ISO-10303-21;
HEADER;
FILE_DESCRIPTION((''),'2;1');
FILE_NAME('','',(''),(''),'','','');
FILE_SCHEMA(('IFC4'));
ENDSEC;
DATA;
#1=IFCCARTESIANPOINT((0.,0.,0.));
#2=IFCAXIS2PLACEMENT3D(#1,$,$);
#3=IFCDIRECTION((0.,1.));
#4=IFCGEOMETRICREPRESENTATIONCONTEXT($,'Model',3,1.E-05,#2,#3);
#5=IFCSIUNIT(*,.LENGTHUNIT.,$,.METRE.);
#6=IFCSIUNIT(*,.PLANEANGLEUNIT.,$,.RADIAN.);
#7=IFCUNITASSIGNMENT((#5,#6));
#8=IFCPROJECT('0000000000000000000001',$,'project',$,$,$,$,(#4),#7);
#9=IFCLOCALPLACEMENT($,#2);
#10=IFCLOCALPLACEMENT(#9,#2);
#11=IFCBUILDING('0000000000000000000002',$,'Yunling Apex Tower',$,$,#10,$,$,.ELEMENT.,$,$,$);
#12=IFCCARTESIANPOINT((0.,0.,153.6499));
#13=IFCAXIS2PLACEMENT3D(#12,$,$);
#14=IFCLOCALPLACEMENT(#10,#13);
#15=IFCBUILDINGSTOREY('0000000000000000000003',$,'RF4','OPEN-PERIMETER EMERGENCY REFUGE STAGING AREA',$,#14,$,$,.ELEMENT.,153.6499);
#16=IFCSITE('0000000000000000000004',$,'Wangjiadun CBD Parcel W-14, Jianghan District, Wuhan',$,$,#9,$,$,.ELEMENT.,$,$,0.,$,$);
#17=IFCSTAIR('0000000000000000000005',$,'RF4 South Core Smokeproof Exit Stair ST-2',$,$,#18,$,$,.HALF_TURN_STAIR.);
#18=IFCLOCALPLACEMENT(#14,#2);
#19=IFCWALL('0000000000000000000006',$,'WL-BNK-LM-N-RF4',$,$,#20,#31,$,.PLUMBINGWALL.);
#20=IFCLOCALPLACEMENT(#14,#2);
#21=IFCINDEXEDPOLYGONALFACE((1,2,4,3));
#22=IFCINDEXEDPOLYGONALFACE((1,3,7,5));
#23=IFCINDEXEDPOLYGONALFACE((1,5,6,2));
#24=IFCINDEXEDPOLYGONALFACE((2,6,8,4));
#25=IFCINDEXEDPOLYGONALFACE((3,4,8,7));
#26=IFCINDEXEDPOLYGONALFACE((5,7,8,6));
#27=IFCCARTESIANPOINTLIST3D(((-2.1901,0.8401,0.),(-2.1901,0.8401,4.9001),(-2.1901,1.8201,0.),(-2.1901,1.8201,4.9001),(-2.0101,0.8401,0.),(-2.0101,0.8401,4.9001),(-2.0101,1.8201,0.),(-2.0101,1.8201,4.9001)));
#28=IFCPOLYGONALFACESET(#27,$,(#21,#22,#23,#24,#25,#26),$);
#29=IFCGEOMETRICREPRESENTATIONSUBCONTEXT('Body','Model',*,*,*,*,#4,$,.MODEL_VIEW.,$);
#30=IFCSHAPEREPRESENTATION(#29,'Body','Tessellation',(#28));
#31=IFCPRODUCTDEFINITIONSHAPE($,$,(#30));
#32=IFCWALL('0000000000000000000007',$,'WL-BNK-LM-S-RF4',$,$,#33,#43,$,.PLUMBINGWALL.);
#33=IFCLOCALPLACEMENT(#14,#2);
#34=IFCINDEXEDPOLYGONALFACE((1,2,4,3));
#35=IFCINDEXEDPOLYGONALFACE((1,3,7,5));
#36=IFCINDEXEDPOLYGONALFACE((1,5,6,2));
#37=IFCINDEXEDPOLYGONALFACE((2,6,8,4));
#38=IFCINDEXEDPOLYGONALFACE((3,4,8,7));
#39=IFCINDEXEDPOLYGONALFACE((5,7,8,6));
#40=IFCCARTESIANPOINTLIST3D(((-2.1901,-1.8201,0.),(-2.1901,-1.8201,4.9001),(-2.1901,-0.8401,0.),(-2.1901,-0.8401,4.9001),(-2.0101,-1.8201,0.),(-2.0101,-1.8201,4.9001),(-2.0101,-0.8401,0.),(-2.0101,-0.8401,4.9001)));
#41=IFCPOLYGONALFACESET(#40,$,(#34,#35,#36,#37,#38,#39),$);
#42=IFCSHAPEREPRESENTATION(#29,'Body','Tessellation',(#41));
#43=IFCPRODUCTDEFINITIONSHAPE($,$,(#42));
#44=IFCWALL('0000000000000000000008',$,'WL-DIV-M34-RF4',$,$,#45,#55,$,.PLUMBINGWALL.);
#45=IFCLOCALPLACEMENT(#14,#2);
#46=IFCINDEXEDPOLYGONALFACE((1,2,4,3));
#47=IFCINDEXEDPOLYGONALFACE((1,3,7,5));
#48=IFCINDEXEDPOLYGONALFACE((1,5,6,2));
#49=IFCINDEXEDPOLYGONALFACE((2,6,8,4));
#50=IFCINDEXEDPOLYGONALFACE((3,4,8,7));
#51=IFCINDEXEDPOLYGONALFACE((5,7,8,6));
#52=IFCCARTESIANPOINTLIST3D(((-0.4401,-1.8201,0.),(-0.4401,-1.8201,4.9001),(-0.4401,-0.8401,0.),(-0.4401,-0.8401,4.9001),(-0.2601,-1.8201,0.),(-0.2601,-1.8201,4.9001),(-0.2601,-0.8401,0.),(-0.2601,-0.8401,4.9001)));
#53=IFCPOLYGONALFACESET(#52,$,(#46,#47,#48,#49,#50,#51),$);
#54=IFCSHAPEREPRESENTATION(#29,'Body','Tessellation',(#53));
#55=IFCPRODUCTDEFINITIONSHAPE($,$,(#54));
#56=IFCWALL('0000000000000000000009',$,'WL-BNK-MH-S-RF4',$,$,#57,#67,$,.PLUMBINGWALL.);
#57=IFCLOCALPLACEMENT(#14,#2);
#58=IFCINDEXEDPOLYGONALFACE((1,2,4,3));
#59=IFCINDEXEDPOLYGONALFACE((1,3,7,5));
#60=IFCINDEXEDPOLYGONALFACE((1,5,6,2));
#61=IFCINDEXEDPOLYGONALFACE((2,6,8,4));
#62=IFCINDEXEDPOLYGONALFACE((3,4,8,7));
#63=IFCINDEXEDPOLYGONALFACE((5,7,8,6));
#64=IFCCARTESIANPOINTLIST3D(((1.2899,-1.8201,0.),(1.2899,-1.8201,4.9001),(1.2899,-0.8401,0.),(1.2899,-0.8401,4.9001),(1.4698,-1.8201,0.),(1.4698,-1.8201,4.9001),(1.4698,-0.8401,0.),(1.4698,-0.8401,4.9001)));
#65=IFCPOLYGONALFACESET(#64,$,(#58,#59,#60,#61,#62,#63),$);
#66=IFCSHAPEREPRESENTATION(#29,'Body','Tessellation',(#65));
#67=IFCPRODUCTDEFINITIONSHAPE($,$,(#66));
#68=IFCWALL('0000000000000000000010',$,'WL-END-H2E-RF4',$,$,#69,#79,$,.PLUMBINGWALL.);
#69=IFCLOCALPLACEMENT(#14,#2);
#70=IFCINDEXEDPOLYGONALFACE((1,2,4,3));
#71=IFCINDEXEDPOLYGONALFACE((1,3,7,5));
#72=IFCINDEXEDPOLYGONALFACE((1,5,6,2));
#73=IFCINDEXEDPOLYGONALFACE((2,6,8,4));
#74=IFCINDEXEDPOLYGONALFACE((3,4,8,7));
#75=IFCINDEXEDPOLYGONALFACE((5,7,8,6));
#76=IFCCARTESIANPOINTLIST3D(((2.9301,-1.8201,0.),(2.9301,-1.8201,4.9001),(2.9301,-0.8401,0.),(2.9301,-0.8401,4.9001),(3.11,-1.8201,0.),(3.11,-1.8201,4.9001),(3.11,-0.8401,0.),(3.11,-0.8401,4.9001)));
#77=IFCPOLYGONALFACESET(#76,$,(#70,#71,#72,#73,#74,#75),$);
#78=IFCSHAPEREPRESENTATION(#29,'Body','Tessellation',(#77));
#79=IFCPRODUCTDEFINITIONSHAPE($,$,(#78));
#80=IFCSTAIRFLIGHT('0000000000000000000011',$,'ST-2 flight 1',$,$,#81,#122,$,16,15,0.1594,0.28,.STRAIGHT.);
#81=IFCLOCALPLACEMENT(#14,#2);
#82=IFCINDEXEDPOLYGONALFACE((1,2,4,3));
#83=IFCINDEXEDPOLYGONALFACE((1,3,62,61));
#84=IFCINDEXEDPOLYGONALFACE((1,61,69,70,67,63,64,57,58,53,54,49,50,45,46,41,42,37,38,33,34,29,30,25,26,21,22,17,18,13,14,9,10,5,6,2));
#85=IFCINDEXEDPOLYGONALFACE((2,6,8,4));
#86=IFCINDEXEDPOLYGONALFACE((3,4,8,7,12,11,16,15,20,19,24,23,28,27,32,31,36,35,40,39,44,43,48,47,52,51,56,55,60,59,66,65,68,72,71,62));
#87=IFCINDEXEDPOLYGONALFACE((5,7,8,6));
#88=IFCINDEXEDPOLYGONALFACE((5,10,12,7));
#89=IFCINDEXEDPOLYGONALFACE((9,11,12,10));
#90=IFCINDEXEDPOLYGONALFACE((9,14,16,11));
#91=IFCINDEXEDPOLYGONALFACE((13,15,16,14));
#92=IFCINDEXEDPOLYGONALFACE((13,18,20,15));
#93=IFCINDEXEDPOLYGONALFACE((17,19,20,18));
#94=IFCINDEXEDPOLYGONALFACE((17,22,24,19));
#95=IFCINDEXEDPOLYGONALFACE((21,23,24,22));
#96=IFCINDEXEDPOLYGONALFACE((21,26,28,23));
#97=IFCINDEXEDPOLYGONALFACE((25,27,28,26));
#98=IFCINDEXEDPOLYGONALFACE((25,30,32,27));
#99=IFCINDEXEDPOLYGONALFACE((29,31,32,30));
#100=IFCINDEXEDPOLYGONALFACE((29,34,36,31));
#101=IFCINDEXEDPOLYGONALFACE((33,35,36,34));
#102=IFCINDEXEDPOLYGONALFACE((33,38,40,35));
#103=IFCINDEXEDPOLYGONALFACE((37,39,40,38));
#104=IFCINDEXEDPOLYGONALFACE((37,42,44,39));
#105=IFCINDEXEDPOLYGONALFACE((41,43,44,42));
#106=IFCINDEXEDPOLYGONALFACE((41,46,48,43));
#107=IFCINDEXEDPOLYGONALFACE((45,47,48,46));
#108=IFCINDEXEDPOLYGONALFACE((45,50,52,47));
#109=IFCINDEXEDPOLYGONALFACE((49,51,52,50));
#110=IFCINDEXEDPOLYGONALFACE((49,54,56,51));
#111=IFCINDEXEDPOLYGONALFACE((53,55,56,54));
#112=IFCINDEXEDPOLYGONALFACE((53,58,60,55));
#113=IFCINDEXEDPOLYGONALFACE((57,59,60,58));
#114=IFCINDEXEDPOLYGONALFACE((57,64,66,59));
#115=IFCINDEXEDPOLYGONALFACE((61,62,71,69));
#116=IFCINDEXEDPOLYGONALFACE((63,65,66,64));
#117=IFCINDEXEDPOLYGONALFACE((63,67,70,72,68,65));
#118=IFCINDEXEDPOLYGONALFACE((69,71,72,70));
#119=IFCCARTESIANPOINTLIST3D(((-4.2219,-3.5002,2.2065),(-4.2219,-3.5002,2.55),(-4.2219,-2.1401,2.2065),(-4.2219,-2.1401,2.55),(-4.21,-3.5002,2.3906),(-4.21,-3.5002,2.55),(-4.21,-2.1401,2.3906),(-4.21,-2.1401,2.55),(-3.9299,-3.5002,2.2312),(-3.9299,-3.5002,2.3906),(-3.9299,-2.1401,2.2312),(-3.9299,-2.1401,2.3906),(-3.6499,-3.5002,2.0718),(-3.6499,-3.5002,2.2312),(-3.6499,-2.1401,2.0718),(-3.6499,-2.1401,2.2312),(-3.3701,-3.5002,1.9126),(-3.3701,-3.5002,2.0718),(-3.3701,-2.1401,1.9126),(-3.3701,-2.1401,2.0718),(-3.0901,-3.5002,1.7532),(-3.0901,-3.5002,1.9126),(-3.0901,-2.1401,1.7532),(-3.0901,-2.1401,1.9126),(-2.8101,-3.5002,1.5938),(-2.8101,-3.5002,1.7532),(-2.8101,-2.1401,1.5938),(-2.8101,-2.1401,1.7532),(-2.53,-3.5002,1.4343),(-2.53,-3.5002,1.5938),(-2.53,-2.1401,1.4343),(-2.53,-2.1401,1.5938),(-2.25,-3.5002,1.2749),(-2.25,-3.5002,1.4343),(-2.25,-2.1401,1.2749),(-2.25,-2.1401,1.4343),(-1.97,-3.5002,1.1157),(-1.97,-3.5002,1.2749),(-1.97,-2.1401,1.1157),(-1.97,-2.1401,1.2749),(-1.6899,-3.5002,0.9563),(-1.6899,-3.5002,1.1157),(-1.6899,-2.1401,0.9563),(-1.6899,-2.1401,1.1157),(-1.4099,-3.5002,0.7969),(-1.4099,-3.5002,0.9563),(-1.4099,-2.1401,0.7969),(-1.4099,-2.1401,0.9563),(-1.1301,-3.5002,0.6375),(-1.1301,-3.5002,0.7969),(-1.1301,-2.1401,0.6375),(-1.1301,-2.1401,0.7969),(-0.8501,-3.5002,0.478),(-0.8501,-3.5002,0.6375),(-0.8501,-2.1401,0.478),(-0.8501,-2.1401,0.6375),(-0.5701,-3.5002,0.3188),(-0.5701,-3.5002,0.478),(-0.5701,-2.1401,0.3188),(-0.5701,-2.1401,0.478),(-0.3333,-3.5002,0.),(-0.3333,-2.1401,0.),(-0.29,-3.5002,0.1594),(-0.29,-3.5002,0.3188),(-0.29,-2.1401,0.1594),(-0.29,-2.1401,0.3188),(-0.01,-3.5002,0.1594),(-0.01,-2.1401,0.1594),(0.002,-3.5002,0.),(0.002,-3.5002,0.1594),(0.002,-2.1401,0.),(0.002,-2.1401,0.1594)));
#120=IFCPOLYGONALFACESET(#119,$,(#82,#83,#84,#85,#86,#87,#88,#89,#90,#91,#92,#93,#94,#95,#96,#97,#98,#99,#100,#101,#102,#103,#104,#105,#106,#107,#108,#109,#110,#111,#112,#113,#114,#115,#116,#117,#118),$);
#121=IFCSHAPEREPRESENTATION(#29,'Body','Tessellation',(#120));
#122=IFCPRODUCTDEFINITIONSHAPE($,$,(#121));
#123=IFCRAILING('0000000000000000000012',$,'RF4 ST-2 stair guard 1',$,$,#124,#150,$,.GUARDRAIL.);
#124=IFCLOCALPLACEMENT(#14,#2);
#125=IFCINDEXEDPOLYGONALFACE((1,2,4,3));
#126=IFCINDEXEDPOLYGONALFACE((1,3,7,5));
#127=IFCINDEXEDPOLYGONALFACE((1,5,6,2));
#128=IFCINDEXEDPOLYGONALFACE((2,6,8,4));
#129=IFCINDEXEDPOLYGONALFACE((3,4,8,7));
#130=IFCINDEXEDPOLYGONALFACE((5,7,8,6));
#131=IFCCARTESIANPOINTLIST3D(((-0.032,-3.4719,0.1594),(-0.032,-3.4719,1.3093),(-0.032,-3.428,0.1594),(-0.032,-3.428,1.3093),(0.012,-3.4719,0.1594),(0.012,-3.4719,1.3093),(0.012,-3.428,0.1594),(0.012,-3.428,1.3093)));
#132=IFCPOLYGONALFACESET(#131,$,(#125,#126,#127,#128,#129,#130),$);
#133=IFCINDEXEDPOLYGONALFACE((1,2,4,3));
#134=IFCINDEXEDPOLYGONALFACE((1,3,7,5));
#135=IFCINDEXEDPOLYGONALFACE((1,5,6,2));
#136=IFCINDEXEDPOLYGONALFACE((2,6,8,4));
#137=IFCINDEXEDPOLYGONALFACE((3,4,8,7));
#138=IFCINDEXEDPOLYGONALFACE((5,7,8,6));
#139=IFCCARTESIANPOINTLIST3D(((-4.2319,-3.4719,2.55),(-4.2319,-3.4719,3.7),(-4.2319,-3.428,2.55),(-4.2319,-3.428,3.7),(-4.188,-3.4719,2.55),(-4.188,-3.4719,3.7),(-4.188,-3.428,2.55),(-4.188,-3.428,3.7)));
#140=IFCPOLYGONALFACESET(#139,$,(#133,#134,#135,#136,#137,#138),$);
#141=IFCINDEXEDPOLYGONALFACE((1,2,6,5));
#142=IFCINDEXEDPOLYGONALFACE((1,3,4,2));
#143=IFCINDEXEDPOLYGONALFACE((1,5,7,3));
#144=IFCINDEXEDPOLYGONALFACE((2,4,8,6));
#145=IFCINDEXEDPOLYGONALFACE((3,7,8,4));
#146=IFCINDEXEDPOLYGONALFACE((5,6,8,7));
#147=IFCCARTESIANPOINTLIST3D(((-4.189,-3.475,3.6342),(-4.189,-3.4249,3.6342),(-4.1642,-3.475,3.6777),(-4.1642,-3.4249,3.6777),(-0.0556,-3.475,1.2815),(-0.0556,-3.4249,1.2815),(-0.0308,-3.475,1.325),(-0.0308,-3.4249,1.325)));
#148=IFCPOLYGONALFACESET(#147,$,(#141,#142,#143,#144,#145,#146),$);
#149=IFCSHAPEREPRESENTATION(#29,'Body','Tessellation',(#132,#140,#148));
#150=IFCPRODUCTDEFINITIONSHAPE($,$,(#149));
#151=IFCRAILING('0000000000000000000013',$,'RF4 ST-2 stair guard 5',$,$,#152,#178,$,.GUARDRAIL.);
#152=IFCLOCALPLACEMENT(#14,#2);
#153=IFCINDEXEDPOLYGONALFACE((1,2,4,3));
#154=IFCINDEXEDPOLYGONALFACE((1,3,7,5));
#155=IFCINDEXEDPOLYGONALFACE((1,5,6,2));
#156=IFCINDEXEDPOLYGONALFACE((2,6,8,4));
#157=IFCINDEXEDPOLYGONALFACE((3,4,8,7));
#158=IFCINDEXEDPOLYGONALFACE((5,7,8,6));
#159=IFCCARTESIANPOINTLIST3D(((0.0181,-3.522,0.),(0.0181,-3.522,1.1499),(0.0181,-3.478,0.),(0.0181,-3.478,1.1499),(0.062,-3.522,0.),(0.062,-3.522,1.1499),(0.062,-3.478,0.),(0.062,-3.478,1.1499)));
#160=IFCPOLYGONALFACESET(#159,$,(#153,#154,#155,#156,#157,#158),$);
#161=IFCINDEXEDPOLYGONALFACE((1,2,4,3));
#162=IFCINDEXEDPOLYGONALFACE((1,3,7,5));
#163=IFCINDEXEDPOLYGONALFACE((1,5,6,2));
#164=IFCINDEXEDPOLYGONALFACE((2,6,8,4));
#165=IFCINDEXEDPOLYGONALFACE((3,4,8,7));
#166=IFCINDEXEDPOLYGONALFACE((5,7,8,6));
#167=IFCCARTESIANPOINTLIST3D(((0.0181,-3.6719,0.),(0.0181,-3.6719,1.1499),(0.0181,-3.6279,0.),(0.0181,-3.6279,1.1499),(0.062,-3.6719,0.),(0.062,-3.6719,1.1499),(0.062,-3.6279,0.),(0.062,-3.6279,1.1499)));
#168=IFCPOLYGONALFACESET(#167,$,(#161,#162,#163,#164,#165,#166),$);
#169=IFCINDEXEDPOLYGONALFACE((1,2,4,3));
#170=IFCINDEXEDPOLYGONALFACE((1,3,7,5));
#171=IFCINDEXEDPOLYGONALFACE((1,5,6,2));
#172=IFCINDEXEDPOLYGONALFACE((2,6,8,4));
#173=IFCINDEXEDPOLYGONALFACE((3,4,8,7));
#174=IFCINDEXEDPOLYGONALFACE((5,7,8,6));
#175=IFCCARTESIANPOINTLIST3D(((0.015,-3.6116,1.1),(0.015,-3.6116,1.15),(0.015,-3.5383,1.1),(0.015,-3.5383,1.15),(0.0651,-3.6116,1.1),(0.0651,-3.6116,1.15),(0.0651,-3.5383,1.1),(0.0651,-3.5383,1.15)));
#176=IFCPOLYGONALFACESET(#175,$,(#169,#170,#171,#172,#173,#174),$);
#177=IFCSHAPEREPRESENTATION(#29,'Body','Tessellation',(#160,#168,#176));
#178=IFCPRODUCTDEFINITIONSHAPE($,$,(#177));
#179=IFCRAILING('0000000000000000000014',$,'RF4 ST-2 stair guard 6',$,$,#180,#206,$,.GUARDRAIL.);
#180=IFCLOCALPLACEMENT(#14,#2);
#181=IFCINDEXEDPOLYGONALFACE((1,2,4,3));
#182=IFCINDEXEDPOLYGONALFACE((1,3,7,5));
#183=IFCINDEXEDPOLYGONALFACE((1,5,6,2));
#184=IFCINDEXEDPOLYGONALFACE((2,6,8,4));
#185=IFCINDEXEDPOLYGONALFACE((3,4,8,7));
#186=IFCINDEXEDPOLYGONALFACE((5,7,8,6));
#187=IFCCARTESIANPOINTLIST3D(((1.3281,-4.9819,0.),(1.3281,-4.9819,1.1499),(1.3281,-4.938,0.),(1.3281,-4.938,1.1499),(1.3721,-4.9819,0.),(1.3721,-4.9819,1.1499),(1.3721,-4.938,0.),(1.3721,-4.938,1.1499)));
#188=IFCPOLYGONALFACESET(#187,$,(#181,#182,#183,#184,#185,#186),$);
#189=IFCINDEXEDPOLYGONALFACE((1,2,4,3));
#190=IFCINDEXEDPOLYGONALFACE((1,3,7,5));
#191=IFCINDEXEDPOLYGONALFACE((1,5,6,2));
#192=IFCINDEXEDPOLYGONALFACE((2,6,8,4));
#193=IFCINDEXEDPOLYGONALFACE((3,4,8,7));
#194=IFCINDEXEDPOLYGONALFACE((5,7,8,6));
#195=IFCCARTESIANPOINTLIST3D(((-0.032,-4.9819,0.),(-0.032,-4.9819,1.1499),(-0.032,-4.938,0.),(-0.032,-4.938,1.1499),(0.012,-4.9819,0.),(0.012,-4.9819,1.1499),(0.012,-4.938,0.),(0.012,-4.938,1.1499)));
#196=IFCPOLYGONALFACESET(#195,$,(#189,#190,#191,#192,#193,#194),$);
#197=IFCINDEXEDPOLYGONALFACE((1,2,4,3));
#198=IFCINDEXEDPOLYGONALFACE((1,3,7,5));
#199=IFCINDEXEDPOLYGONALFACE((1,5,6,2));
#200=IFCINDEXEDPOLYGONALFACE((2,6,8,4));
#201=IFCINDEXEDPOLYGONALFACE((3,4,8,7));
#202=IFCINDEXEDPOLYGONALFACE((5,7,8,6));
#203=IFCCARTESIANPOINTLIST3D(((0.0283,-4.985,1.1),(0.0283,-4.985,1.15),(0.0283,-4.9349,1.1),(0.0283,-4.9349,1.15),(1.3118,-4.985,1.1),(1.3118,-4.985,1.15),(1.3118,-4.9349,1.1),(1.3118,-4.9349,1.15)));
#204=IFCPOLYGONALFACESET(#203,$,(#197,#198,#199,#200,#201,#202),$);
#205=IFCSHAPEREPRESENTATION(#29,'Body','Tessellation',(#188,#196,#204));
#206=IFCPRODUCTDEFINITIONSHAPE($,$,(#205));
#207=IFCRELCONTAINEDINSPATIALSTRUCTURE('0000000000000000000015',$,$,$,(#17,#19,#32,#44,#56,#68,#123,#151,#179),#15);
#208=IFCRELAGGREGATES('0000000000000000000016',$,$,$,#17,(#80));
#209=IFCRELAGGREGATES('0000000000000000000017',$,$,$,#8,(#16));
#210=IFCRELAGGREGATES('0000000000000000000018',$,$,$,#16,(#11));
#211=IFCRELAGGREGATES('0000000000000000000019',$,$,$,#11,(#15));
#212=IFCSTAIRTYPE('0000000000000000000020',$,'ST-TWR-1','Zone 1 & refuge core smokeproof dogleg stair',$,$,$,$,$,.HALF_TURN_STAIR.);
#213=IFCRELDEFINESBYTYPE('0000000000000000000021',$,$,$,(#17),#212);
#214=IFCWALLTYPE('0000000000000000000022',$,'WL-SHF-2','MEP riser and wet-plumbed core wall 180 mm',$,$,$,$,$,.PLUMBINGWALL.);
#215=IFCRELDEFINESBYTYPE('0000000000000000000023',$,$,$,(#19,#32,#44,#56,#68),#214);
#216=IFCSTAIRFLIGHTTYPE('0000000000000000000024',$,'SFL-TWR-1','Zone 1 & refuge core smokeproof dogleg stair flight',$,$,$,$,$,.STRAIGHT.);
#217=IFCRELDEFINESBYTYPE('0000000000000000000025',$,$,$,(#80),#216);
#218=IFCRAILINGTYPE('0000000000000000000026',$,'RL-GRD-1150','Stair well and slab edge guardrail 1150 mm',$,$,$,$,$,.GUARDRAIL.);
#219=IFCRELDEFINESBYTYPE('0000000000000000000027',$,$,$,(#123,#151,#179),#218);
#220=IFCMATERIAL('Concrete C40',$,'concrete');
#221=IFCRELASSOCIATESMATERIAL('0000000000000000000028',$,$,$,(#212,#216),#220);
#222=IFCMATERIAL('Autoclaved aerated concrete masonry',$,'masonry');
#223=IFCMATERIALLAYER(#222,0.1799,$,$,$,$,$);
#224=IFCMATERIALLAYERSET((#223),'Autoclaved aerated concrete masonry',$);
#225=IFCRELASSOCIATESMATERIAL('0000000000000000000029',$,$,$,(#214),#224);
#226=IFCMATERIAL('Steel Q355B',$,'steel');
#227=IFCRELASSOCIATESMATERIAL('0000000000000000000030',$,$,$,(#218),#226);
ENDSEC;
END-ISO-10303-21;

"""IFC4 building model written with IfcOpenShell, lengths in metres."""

from ifc_helpers import new_model, si_unit, direction, frame, frame_2d, origin, origin_2d, place, context, subcontext, project, spatial, polyline, rectangle, outline, extrude, material, layer, layer_set, type_object, element, aggregate, save


model = new_model("IFC4")

# Units and contexts
model_context = context("Model", 3, precision=1e-05, world=origin(), true_north=direction((0.0, 1.0)))
body_context = subcontext(model_context, "Body", "Model", "MODEL_VIEW")
ifc_project = project(units=[si_unit("LENGTHUNIT", "METRE"), si_unit("PLANEANGLEUNIT", "RADIAN")], contexts=[model_context])

# Site, building, storey
site_placement = place(None, origin())
site = spatial("IfcSite", under=ifc_project, at=site_placement, Name="Wangjiadun CBD Parcel W-14, Jianghan District, Wuhan", CompositionType="ELEMENT", RefElevation=0.0)
building_placement = place(site_placement, origin())
building = spatial("IfcBuilding", under=site, at=building_placement, Name="Yunling Apex Tower", CompositionType="ELEMENT")
storey_placement = place(building_placement, frame((0.0, 0.0, 153.6499)))
storey = spatial("IfcBuildingStorey", under=building, at=storey_placement, Name="RF4", Description="OPEN-PERIMETER EMERGENCY REFUGE STAGING AREA", CompositionType="ELEMENT", Elevation=153.6499)

# Stair
ifc_material_1 = material(Name="Concrete C40", Category="concrete")
stair_type = type_object("IfcStairType", Name="ST-TWR-1", Description="Zone 1 & refuge core smokeproof dogleg stair", PredefinedType="HALF_TURN_STAIR", material=ifc_material_1)
stair_1_placement = place(storey_placement, origin())
stair_1 = element("IfcStair", 1, at=stair_1_placement, inside=storey, type_object=stair_type, Name="RF4 South Core Smokeproof Exit Stair ST-2", PredefinedType="HALF_TURN_STAIR")

# Shared definitions
ifc_material_2 = material(Name="Autoclaved aerated concrete masonry", Category="masonry")
ifc_material_3 = material(Name="Steel Q355B", Category="steel")

# Walls
ifc_layer_1 = layer(ifc_material_2, 0.1799)
ifc_layer_set_1 = layer_set([ifc_layer_1], Name="Autoclaved aerated concrete masonry")
wall_type_1 = type_object("IfcWallType", Name="WL-SHF-2", Description="MEP riser and wet-plumbed core wall 180 mm", PredefinedType="PLUMBINGWALL", material=ifc_layer_set_1)
for number, where, z_axis, x_axis, name in (
    (2, (-2.1001, 0.8401, 0.0), (0.0, 0.0, 1.0), (0.0, 1.0, 0.0), "WL-BNK-LM-N-RF4"),
    (3, (-2.1001, -1.8201, 0.0), (0.0, 0.0, 1.0), (0.0, 1.0, 0.0), "WL-BNK-LM-S-RF4"),
    (4, (-0.3501, -1.8201, 0.0), (0.0, 0.0, 1.0), (0.0, 1.0, 0.0), "WL-DIV-M34-RF4"),
    (5, (1.3799, -1.8201, 0.0), (0.0, 0.0, 1.0), (0.0, 1.0, 0.0), "WL-BNK-MH-S-RF4"),
    (6, (3.02, -1.8201, 0.0), (0.0, 0.0, 1.0), (0.0, 1.0, 0.0), "WL-END-H2E-RF4"),
):
    element("IfcWall", number, at=place(storey_placement, frame(where, z_axis=z_axis, x_axis=x_axis)), inside=storey, type_object=wall_type_1, Name=name, PredefinedType="PLUMBINGWALL", context=body_context, shape_type="SweptSolid", body=[
        extrude(rectangle(XDim=0.98, YDim=0.1799, at=frame_2d((0.49, 0.0))), origin(), (0.0, 0.0, 1.0), 4.9001),
    ])

# Stair flight
stair_flight_type = type_object("IfcStairFlightType", Name="SFL-TWR-1", Description="Zone 1 & refuge core smokeproof dogleg stair flight", PredefinedType="STRAIGHT", material=ifc_material_1)
stair_flight_placement = place(storey_placement, frame((-0.01, -2.8201, 0.0), z_axis=(0.0, 0.0, 1.0), x_axis=(-1.0, 0.0, 0.0)))
stair_flight = element("IfcStairFlight", 7, at=stair_flight_placement, type_object=stair_flight_type, Name="ST-2 flight 1", NumberOfRisers=16, NumberOfTreads=15, PredefinedType="STRAIGHT", RiserHeight=0.1594, TreadLength=0.28, context=body_context, shape_type="SweptSolid", body=[
    extrude(outline(polyline([(-0.012, 0.0), (-0.012, 0.1594), (0.0, 0.1594), (0.28, 0.1594), (0.28, 0.3188), (0.5601, 0.3188), (0.5601, 0.478), (0.8401, 0.478), (0.8401, 0.6375), (1.1201, 0.6375), (1.1201, 0.7969), (1.3999, 0.7969), (1.3999, 0.9563), (1.6799, 0.9563), (1.6799, 1.1157), (1.96, 1.1157), (1.96, 1.2749), (2.24, 1.2749), (2.24, 1.4343), (2.52, 1.4343), (2.52, 1.5938), (2.8, 1.5938), (2.8, 1.7532), (3.0801, 1.7532), (3.0801, 1.9126), (3.3601, 1.9126), (3.3601, 2.0718), (3.6399, 2.0718), (3.6399, 2.2312), (3.9199, 2.2312), (3.9199, 2.3906), (4.2, 2.3906), (4.2, 2.55), (4.2119, 2.55), (4.2119, 2.2065), (0.3232, 0.0), (-0.012, 0.0)])), frame((0.0, 0.6802, 0.0), z_axis=(0.0, -1.0, 0.0), x_axis=(1.0, 0.0, 0.0)), (0.0, 0.0, 1.0), 1.3601),
])
aggregate(stair_1, [stair_flight])

# Railings
railing_type_1 = type_object("IfcRailingType", Name="RL-GRD-1150", Description="Stair well and slab edge guardrail 1150 mm", PredefinedType="GUARDRAIL", material=ifc_material_3)
railing_1_placement = place(storey_placement, frame((-0.01, -3.45, 0.1594)))
element("IfcRailing", 8, at=railing_1_placement, inside=storey, type_object=railing_type_1, Name="RF4 ST-2 stair guard 1", PredefinedType="GUARDRAIL", context=body_context, shape_type="SweptSolid", body=[
    extrude(rectangle(XDim=0.0439, YDim=0.0439, at=origin_2d()), origin(), (0.0, 0.0, 1.0), 1.1499),
    extrude(rectangle(XDim=0.0439, YDim=0.0439, at=origin_2d()), frame((-4.2, 0.0, 2.3906)), (0.0, 0.0, 1.0), 1.1499),
    extrude(rectangle(XDim=0.05, YDim=0.05, at=origin_2d()), frame((-0.0332, 0.0, 1.1438), z_axis=(-0.869075, 0.0, 0.49468), x_axis=(0.0, -1.0, 0.0)), (0.0, 0.0, 1.0), 4.7561),
])
railing_2_placement = place(storey_placement, frame((0.04, -3.5, 0.0)))
element("IfcRailing", 9, at=railing_2_placement, inside=storey, type_object=railing_type_1, Name="RF4 ST-2 stair guard 5", PredefinedType="GUARDRAIL", context=body_context, shape_type="SweptSolid", body=[
    extrude(rectangle(XDim=0.0439, YDim=0.0439, at=origin_2d()), origin(), (0.0, 0.0, 1.0), 1.1499),
    extrude(rectangle(XDim=0.0439, YDim=0.0439, at=origin_2d()), frame((0.0, -0.1499, 0.0)), (0.0, 0.0, 1.0), 1.1499),
    extrude(rectangle(XDim=0.05, YDim=0.05, at=origin_2d()), frame((0.0, -0.0383, 1.125), z_axis=(0.0, -1.0, 0.0), x_axis=(1.0, 0.0, 0.0)), (0.0, 0.0, 1.0), 0.0732),
])
railing_3_placement = place(storey_placement, frame((1.3501, -4.96, 0.0)))
element("IfcRailing", 10, at=railing_3_placement, inside=storey, type_object=railing_type_1, Name="RF4 ST-2 stair guard 6", PredefinedType="GUARDRAIL", context=body_context, shape_type="SweptSolid", body=[
    extrude(rectangle(XDim=0.0439, YDim=0.0439, at=origin_2d()), origin(), (0.0, 0.0, 1.0), 1.1499),
    extrude(rectangle(XDim=0.0439, YDim=0.0439, at=origin_2d()), frame((-1.3601, 0.0, 0.0)), (0.0, 0.0, 1.0), 1.1499),
    extrude(rectangle(XDim=0.05, YDim=0.05, at=origin_2d()), frame((-0.0383, 0.0, 1.125), z_axis=(-1.0, 0.0, 0.0), x_axis=(0.0, -1.0, 0.0)), (0.0, 0.0, 1.0), 1.2834),
])

save(model, "model.ifc")
